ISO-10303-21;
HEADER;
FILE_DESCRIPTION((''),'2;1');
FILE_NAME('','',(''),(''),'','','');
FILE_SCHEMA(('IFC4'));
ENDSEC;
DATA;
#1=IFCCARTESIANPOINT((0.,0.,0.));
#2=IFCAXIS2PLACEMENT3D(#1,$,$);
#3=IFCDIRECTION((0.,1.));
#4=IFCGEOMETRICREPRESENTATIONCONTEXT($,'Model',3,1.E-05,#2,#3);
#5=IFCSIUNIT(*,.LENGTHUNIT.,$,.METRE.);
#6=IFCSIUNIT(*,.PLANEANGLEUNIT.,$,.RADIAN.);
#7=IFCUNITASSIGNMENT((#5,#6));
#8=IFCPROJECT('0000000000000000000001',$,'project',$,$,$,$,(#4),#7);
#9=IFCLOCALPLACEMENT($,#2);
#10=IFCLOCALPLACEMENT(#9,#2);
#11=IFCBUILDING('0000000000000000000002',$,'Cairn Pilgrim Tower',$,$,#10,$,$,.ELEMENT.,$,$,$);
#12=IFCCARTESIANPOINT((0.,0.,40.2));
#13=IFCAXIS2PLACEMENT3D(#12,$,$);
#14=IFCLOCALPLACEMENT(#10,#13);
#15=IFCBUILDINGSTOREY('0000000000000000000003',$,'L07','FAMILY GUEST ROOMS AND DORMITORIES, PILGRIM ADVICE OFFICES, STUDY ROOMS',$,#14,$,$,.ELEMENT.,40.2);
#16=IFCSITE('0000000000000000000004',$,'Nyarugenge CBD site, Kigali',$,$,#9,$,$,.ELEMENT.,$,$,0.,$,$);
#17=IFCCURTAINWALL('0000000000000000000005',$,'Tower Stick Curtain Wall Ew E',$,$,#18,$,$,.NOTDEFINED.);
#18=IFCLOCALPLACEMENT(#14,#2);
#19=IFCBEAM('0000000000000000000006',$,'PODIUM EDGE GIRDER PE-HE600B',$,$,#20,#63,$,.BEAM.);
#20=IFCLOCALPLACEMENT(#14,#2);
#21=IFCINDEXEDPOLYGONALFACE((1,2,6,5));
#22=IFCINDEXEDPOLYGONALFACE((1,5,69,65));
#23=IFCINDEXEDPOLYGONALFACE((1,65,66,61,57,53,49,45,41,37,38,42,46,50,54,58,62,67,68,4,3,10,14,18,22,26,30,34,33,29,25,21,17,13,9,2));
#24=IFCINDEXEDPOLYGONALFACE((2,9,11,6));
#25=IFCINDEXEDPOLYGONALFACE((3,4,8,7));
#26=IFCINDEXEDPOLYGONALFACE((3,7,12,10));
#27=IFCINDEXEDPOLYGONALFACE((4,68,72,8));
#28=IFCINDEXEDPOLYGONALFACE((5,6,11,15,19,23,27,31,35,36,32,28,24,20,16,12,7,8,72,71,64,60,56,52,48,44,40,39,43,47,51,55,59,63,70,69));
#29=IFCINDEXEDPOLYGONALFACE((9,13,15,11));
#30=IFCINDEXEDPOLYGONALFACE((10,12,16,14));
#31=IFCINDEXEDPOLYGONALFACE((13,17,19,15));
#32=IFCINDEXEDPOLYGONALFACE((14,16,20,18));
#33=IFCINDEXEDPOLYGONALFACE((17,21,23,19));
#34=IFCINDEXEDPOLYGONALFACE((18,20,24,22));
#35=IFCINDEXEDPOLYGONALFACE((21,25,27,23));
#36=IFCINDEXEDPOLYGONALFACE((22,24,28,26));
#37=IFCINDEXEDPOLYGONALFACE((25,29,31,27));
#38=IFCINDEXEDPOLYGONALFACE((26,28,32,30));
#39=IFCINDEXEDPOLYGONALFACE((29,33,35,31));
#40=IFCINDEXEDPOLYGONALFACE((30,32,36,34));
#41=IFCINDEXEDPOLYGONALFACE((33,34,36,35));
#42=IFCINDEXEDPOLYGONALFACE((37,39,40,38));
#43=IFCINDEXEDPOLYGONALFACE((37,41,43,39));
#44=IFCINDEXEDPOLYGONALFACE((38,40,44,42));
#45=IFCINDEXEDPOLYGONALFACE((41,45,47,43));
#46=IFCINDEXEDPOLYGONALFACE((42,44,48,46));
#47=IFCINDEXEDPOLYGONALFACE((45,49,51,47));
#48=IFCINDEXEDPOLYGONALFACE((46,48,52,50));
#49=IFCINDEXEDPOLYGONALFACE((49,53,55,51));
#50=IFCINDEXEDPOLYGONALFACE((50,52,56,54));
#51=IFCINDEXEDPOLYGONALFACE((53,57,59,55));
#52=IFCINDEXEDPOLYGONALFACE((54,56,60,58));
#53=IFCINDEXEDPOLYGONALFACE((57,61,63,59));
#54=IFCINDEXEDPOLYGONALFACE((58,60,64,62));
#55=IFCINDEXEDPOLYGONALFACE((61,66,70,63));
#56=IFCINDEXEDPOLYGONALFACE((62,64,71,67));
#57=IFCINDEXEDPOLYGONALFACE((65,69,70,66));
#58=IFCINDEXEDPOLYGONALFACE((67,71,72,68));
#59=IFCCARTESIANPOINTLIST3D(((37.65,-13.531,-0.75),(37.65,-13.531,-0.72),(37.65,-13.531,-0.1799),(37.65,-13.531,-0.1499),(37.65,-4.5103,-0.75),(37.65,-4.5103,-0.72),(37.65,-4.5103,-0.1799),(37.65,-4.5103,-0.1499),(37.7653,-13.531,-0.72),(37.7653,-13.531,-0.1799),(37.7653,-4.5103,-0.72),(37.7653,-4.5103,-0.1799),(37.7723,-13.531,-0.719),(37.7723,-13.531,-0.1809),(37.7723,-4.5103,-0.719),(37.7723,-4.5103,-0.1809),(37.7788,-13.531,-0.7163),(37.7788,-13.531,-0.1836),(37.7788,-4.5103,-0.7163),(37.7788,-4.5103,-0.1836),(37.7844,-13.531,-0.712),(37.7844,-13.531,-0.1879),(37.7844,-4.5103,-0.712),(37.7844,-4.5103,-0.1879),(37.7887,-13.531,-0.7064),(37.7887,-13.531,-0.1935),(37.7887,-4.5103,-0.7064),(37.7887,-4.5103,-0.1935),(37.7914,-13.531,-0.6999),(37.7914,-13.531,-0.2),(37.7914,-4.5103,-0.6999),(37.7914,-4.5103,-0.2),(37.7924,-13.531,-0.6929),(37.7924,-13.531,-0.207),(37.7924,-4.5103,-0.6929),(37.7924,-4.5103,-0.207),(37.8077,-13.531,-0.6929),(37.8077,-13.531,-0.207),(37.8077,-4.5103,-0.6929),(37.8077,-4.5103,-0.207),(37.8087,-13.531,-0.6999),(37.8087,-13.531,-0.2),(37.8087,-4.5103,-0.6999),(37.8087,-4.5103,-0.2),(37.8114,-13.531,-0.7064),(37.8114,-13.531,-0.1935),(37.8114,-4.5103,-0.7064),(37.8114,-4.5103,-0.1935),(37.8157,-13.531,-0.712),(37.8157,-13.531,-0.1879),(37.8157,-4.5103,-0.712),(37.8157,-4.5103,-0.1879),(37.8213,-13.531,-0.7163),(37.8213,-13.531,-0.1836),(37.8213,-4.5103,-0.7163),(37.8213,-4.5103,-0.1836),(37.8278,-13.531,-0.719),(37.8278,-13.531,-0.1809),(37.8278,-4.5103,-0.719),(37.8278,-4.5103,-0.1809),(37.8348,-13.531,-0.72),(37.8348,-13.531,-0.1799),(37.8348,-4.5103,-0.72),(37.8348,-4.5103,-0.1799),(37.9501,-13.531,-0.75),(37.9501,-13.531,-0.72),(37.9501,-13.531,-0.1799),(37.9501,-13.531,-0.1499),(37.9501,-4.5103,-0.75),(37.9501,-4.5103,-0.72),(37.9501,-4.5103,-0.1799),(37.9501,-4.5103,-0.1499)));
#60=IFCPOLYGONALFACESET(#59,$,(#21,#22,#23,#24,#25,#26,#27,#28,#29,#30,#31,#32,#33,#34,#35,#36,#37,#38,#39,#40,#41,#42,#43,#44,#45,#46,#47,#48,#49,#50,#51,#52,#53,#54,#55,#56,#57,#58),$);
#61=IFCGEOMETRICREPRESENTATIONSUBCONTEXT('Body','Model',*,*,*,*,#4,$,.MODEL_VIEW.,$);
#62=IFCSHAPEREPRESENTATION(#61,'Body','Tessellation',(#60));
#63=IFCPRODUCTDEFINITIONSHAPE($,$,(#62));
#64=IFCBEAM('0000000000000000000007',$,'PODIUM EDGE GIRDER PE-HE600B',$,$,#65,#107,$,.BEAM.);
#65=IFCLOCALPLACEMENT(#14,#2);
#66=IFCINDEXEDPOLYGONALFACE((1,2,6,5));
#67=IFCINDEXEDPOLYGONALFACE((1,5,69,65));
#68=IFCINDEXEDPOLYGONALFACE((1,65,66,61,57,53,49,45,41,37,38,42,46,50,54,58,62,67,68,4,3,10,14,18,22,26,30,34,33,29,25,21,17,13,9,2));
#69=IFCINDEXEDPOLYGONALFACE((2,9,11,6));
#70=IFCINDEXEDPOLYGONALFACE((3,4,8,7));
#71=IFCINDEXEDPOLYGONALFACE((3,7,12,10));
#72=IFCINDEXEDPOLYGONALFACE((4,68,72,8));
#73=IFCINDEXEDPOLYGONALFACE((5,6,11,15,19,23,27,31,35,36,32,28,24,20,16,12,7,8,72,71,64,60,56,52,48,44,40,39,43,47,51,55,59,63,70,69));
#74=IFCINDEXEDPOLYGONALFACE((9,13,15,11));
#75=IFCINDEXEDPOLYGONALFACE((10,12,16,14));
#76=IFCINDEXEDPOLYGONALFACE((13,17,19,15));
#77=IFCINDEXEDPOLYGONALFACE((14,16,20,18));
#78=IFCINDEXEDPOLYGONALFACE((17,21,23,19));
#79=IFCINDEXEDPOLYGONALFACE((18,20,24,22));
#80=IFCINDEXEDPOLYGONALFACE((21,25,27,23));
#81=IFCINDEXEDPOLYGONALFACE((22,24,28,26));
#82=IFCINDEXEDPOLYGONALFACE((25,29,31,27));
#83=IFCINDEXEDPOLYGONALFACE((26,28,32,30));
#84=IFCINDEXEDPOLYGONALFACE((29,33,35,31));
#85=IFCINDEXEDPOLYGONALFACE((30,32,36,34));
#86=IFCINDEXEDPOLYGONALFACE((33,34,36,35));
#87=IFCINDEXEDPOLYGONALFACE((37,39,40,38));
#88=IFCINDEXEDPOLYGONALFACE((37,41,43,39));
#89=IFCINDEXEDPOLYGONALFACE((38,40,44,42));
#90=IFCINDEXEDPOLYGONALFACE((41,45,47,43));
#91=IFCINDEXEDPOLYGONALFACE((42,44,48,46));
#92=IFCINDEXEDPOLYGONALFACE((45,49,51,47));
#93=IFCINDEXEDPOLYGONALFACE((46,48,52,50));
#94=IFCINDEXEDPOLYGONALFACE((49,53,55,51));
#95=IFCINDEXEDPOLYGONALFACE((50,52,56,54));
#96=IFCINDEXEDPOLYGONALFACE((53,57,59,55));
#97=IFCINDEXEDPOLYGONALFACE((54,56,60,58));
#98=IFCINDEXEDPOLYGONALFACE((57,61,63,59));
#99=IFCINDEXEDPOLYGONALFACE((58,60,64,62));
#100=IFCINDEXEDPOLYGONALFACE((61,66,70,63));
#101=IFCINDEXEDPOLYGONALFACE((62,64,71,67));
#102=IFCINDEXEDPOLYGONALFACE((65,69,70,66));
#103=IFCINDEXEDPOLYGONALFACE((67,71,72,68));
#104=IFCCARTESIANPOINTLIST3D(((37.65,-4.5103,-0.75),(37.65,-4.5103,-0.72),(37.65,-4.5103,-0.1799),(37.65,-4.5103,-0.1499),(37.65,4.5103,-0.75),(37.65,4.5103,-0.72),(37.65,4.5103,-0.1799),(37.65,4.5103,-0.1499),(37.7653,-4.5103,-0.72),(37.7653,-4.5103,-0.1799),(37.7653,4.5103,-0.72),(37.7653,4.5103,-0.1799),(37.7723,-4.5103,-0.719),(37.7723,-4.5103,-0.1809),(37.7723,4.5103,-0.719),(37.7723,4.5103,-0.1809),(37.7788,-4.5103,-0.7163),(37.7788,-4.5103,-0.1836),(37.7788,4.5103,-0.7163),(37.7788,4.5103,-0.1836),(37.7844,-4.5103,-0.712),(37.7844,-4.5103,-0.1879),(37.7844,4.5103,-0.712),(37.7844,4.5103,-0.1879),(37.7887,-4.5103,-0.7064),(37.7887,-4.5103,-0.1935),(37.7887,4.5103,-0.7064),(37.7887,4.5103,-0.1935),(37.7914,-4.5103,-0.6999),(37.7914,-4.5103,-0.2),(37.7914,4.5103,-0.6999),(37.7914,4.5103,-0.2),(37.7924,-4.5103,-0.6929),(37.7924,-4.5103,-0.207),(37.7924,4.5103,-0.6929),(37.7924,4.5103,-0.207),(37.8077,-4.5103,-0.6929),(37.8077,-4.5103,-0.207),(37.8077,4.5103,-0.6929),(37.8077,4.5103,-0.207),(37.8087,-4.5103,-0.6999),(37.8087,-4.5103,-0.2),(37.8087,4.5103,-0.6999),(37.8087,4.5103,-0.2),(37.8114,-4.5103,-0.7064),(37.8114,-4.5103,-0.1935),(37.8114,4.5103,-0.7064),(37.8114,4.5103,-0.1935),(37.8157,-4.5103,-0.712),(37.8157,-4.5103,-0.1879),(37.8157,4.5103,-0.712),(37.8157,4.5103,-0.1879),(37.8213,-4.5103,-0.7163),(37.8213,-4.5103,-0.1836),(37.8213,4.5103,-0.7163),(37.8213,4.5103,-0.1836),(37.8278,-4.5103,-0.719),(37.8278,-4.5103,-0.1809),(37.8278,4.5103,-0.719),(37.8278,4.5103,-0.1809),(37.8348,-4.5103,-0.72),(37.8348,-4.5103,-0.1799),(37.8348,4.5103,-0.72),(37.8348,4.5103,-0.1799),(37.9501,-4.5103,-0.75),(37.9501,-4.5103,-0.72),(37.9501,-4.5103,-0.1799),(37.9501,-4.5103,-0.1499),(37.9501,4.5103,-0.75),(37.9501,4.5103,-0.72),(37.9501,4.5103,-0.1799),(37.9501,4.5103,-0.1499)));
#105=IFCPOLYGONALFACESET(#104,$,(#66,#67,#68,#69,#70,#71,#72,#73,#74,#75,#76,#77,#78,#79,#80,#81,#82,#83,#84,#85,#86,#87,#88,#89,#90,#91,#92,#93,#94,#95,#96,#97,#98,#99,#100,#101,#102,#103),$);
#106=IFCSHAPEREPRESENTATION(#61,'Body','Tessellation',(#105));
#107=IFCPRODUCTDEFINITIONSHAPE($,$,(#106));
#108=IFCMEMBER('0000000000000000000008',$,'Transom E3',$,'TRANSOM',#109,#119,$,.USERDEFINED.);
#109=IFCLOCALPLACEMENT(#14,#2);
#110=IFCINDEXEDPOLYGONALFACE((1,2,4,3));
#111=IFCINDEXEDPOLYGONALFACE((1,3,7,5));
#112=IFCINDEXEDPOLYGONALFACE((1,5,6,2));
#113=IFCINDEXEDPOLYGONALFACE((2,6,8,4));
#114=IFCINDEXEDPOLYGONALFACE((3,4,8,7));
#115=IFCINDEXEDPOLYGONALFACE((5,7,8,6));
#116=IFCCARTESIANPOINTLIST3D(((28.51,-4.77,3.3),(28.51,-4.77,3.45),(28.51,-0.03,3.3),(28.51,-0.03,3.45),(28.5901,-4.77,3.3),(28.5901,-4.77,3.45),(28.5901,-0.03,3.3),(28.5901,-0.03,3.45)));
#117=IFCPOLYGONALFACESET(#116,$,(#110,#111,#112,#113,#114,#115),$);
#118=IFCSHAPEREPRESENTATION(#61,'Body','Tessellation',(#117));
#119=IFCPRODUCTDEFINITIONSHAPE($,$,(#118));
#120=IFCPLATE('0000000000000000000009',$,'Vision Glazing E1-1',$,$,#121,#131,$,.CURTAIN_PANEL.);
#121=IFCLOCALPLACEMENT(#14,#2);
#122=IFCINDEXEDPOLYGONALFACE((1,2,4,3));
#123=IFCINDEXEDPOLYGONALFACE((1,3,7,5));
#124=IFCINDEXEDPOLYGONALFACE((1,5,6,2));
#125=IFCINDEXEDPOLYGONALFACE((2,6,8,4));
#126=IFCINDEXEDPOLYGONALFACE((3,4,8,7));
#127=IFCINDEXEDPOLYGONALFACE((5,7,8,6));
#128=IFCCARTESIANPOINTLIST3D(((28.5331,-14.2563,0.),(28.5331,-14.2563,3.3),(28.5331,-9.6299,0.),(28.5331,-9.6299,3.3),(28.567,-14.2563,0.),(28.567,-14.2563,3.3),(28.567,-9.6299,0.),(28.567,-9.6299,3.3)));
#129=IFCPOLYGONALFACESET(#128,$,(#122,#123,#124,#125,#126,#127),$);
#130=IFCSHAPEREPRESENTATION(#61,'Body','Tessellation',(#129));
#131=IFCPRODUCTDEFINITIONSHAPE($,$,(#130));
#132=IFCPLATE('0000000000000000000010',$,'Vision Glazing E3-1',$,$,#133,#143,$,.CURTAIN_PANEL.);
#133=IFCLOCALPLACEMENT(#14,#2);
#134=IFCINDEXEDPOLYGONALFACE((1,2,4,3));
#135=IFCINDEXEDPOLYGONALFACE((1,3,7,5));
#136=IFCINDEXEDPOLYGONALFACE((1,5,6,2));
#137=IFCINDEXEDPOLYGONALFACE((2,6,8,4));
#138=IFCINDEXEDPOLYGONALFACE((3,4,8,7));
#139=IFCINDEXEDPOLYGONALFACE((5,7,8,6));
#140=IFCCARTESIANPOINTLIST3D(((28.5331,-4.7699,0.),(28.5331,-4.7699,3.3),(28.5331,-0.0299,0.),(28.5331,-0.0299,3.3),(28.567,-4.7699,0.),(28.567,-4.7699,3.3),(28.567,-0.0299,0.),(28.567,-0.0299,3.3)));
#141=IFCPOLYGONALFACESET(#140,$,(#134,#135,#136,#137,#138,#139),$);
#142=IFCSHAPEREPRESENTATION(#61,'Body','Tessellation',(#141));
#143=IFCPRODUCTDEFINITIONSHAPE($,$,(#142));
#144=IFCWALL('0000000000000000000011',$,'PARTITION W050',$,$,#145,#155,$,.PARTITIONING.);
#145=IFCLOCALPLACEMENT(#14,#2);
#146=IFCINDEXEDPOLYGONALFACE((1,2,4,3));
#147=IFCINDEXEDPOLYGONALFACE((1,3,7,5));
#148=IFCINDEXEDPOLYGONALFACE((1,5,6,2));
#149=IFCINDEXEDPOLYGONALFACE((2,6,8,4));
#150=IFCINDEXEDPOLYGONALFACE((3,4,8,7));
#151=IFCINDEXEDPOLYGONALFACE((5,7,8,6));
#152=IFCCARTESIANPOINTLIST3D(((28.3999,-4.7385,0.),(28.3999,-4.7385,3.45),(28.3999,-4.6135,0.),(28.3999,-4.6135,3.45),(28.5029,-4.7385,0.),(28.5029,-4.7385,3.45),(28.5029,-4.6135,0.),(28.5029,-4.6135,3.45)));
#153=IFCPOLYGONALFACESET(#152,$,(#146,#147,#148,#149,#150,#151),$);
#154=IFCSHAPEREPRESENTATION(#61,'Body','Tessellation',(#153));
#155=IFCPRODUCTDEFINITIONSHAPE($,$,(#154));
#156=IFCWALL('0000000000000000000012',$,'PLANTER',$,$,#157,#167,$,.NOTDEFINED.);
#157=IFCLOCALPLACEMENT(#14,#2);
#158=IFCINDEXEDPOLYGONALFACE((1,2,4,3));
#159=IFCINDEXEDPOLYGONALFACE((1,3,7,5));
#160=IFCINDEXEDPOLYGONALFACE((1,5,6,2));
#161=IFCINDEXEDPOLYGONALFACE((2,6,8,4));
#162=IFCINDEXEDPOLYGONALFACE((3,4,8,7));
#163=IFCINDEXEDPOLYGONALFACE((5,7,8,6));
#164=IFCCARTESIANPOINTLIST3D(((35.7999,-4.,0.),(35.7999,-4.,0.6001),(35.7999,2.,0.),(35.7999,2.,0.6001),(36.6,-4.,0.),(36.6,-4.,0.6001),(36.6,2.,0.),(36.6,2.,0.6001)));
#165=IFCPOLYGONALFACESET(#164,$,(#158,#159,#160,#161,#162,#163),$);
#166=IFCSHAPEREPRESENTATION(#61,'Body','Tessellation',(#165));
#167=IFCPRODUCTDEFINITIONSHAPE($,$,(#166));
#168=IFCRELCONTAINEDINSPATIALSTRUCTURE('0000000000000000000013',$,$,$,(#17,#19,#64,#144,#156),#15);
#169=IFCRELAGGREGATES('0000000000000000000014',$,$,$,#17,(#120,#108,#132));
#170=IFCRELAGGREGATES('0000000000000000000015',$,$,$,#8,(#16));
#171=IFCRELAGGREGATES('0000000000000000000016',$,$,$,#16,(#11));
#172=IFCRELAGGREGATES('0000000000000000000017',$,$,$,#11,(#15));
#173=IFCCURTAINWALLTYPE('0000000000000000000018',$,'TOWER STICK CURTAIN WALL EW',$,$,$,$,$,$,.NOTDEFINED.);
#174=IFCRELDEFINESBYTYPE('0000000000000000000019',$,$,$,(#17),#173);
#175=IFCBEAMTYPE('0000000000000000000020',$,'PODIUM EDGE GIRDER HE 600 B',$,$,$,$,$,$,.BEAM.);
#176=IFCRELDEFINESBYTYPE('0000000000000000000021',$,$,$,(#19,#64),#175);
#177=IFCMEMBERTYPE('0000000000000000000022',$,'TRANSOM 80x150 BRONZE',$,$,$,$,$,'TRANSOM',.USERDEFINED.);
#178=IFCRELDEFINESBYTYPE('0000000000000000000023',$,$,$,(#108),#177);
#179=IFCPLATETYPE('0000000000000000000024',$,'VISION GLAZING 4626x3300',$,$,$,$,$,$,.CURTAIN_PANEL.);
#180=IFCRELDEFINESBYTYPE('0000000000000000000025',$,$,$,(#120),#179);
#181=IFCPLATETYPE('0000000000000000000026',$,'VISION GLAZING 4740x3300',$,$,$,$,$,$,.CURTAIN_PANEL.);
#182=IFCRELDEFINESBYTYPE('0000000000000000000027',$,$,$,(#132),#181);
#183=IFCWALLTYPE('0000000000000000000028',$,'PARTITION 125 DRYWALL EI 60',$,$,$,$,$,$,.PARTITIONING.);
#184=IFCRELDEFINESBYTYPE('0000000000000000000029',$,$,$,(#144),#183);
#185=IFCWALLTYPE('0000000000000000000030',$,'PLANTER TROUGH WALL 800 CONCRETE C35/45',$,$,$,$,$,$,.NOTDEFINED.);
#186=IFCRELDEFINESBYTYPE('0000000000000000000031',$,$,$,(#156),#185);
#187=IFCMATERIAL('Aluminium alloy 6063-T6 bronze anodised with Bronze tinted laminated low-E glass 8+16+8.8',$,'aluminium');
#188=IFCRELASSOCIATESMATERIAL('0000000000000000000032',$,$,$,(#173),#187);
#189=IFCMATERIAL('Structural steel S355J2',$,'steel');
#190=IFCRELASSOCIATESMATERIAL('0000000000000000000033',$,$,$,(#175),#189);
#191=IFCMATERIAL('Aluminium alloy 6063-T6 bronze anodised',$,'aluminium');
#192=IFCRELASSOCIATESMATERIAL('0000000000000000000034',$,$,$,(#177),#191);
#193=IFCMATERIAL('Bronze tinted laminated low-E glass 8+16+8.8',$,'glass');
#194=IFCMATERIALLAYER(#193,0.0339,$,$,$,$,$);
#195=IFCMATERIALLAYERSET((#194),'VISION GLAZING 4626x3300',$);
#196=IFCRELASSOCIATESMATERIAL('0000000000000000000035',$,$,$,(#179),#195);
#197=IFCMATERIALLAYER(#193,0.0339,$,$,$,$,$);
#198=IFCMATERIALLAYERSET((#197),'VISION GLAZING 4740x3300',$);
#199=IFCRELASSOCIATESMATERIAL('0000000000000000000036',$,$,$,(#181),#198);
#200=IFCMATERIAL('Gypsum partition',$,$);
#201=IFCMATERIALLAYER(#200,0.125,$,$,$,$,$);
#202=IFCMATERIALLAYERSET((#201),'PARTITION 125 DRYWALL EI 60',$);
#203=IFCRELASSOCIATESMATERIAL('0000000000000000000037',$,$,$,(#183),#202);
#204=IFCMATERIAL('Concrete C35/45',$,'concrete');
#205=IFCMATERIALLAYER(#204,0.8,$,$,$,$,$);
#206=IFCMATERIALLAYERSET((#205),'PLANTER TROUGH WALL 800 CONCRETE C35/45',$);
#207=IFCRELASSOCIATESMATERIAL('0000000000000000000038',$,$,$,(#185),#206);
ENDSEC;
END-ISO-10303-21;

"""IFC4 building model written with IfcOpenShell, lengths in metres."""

from ifc_helpers import new_model, si_unit, direction, frame, frame_2d, origin, origin_2d, place, context, subcontext, project, spatial, rectangle, i_section, extrude, material, layer, layer_set, material_profile, profile_set, type_object, element, aggregate, save


model = new_model("IFC4")

# Units and contexts
model_context = context("Model", 3, precision=1e-05, world=origin(), true_north=direction((0.0, 1.0)))
body_context = subcontext(model_context, "Body", "Model", "MODEL_VIEW")
ifc_project = project(units=[si_unit("LENGTHUNIT", "METRE"), si_unit("PLANEANGLEUNIT", "RADIAN")], contexts=[model_context])

# Site, building, storey
site_placement = place(None, origin())
site = spatial("IfcSite", under=ifc_project, at=site_placement, Name="Nyarugenge CBD site, Kigali", CompositionType="ELEMENT", RefElevation=0.0)
building_placement = place(site_placement, origin())
building = spatial("IfcBuilding", under=site, at=building_placement, Name="Cairn Pilgrim Tower", CompositionType="ELEMENT")
storey_placement = place(building_placement, frame((0.0, 0.0, 40.2)))
storey = spatial("IfcBuildingStorey", under=building, at=storey_placement, Name="L07", Description="FAMILY GUEST ROOMS AND DORMITORIES, PILGRIM ADVICE OFFICES, STUDY ROOMS", CompositionType="ELEMENT", Elevation=40.2)

# Curtain wall
ifc_material_1 = material(Name="Aluminium alloy 6063-T6 bronze anodised with Bronze tinted laminated low-E glass 8+16+8.8", Category="aluminium")
curtain_wall_type = type_object("IfcCurtainWallType", Name="TOWER STICK CURTAIN WALL EW", PredefinedType="NOTDEFINED", material=ifc_material_1)
curtain_wall_placement = place(storey_placement, origin())
curtain_wall = element("IfcCurtainWall", 1, at=curtain_wall_placement, inside=storey, type_object=curtain_wall_type, Name="Tower Stick Curtain Wall Ew E", PredefinedType="NOTDEFINED")
ifc_material_2 = material(Name="Aluminium alloy 6063-T6 bronze anodised", Category="aluminium")

# Beams
ifc_material_3 = material(Name="Structural steel S355J2", Category="steel")
ifc_material_profile_1 = material_profile(ifc_material_3, i_section(OverallWidth=0.3, OverallDepth=0.6001, WebThickness=0.0154, FlangeThickness=0.03, FilletRadius=0.0271, at=origin_2d()), Name="HEB 600")
ifc_profile_set_1 = profile_set([ifc_material_profile_1], Name="Structural steel S355J2")
beam_type_1 = type_object("IfcBeamType", Name="PODIUM EDGE GIRDER HE 600 B", PredefinedType="BEAM", material=ifc_profile_set_1)
beam_1_placement = place(storey_placement, frame((37.8, -13.531, -0.45), z_axis=(0.0, 1.0, 0.0), x_axis=(-1.0, 0.0, 0.0)))
element("IfcBeam", 2, at=beam_1_placement, inside=storey, type_object=beam_type_1, Name="PODIUM EDGE GIRDER PE-HE600B", PredefinedType="BEAM", context=body_context, shape_type="SweptSolid", body=[
    extrude(i_section(OverallWidth=0.3, OverallDepth=0.6001, WebThickness=0.0154, FlangeThickness=0.03, FilletRadius=0.0271, at=origin_2d()), origin(), (0.0, 0.0, 1.0), 9.0208),
])
beam_2_placement = place(storey_placement, frame((37.8, -4.5103, -0.45), z_axis=(0.0, 1.0, 0.0), x_axis=(-1.0, 0.0, 0.0)))
element("IfcBeam", 3, at=beam_2_placement, inside=storey, type_object=beam_type_1, Name="PODIUM EDGE GIRDER PE-HE600B", PredefinedType="BEAM", context=body_context, shape_type="SweptSolid", body=[
    extrude(i_section(OverallWidth=0.3, OverallDepth=0.6001, WebThickness=0.0154, FlangeThickness=0.03, FilletRadius=0.0271, at=origin_2d()), origin(), (0.0, 0.0, 1.0), 9.0205),
])

# Member
ifc_material_profile_2 = material_profile(ifc_material_2, rectangle(XDim=0.0801, YDim=0.1499, at=origin_2d()), Name="TRANSOM 80x150 BRONZE")
ifc_profile_set_2 = profile_set([ifc_material_profile_2], Name="Aluminium alloy 6063-T6 bronze anodised")
member_type_1 = type_object("IfcMemberType", Name="TRANSOM 80x150 BRONZE", ElementType="TRANSOM", PredefinedType="USERDEFINED", material=ifc_profile_set_2)
member_1_placement = place(storey_placement, frame((28.55, -4.77, 3.375), z_axis=(0.0, 1.0, 0.0), x_axis=(-1.0, 0.0, 0.0)))
member_1 = element("IfcMember", 4, at=member_1_placement, type_object=member_type_1, Name="Transom E3", ObjectType="TRANSOM", PredefinedType="USERDEFINED", context=body_context, shape_type="SweptSolid", body=[
    extrude(rectangle(XDim=0.0801, YDim=0.1499, at=origin_2d()), origin(), (0.0, 0.0, 1.0), 4.74),
])

# Plates
ifc_material_4 = material(Name="Bronze tinted laminated low-E glass 8+16+8.8", Category="glass")
ifc_layer_1 = layer(ifc_material_4, 0.0339)
ifc_layer_set_1 = layer_set([ifc_layer_1], Name="VISION GLAZING 4626x3300")
plate_type_1 = type_object("IfcPlateType", Name="VISION GLAZING 4626x3300", PredefinedType="CURTAIN_PANEL", material=ifc_layer_set_1)
plate_1_placement = place(storey_placement, frame((28.55, -11.9431, 0.0), z_axis=(0.0, 0.0, 1.0), x_axis=(0.0, 1.0, 0.0)))
plate_1 = element("IfcPlate", 5, at=plate_1_placement, type_object=plate_type_1, Name="Vision Glazing E1-1", PredefinedType="CURTAIN_PANEL", context=body_context, shape_type="SweptSolid", body=[
    extrude(rectangle(XDim=4.6265, YDim=0.0339, at=origin_2d()), origin(), (0.0, 0.0, 1.0), 3.3),
])
ifc_layer_2 = layer(ifc_material_4, 0.0339)
ifc_layer_set_2 = layer_set([ifc_layer_2], Name="VISION GLAZING 4740x3300")
plate_type_2 = type_object("IfcPlateType", Name="VISION GLAZING 4740x3300", PredefinedType="CURTAIN_PANEL", material=ifc_layer_set_2)
plate_2_placement = place(storey_placement, frame((28.55, -2.3999, 0.0), z_axis=(0.0, 0.0, 1.0), x_axis=(0.0, 1.0, 0.0)))
plate_2 = element("IfcPlate", 6, at=plate_2_placement, type_object=plate_type_2, Name="Vision Glazing E3-1", PredefinedType="CURTAIN_PANEL", context=body_context, shape_type="SweptSolid", body=[
    extrude(rectangle(XDim=4.74, YDim=0.0339, at=origin_2d()), origin(), (0.0, 0.0, 1.0), 3.3),
])
aggregate(curtain_wall, [plate_1, member_1, plate_2])

# Walls
ifc_material_5 = material(Name="Gypsum partition")
ifc_layer_3 = layer(ifc_material_5, 0.125)
ifc_layer_set_3 = layer_set([ifc_layer_3], Name="PARTITION 125 DRYWALL EI 60")
wall_type_1 = type_object("IfcWallType", Name="PARTITION 125 DRYWALL EI 60", PredefinedType="PARTITIONING", material=ifc_layer_set_3)
wall_1_placement = place(storey_placement, frame((28.3999, -4.676, 0.0), z_axis=(0.0, 0.0, 1.0), x_axis=(1.0, 0.0, 0.0)))
element("IfcWall", 7, at=wall_1_placement, inside=storey, type_object=wall_type_1, Name="PARTITION W050", PredefinedType="PARTITIONING", context=body_context, shape_type="SweptSolid", body=[
    extrude(rectangle(XDim=0.103, YDim=0.125, at=frame_2d((0.0515, 0.0))), origin(), (0.0, 0.0, 1.0), 3.45),
])
ifc_material_6 = material(Name="Concrete C35/45", Category="concrete")
ifc_layer_4 = layer(ifc_material_6, 0.8)
ifc_layer_set_4 = layer_set([ifc_layer_4], Name="PLANTER TROUGH WALL 800 CONCRETE C35/45")
wall_type_2 = type_object("IfcWallType", Name="PLANTER TROUGH WALL 800 CONCRETE C35/45", PredefinedType="NOTDEFINED", material=ifc_layer_set_4)
wall_2_placement = place(storey_placement, frame((36.2, -4.0, 0.0), z_axis=(0.0, 0.0, 1.0), x_axis=(0.0, 1.0, 0.0)))
element("IfcWall", 8, at=wall_2_placement, inside=storey, type_object=wall_type_2, Name="PLANTER", PredefinedType="NOTDEFINED", context=body_context, shape_type="SweptSolid", body=[
    extrude(rectangle(XDim=6.0, YDim=0.8, at=frame_2d((3.0, 0.0))), origin(), (0.0, 0.0, 1.0), 0.6001),
])

save(model, "model.ifc")
